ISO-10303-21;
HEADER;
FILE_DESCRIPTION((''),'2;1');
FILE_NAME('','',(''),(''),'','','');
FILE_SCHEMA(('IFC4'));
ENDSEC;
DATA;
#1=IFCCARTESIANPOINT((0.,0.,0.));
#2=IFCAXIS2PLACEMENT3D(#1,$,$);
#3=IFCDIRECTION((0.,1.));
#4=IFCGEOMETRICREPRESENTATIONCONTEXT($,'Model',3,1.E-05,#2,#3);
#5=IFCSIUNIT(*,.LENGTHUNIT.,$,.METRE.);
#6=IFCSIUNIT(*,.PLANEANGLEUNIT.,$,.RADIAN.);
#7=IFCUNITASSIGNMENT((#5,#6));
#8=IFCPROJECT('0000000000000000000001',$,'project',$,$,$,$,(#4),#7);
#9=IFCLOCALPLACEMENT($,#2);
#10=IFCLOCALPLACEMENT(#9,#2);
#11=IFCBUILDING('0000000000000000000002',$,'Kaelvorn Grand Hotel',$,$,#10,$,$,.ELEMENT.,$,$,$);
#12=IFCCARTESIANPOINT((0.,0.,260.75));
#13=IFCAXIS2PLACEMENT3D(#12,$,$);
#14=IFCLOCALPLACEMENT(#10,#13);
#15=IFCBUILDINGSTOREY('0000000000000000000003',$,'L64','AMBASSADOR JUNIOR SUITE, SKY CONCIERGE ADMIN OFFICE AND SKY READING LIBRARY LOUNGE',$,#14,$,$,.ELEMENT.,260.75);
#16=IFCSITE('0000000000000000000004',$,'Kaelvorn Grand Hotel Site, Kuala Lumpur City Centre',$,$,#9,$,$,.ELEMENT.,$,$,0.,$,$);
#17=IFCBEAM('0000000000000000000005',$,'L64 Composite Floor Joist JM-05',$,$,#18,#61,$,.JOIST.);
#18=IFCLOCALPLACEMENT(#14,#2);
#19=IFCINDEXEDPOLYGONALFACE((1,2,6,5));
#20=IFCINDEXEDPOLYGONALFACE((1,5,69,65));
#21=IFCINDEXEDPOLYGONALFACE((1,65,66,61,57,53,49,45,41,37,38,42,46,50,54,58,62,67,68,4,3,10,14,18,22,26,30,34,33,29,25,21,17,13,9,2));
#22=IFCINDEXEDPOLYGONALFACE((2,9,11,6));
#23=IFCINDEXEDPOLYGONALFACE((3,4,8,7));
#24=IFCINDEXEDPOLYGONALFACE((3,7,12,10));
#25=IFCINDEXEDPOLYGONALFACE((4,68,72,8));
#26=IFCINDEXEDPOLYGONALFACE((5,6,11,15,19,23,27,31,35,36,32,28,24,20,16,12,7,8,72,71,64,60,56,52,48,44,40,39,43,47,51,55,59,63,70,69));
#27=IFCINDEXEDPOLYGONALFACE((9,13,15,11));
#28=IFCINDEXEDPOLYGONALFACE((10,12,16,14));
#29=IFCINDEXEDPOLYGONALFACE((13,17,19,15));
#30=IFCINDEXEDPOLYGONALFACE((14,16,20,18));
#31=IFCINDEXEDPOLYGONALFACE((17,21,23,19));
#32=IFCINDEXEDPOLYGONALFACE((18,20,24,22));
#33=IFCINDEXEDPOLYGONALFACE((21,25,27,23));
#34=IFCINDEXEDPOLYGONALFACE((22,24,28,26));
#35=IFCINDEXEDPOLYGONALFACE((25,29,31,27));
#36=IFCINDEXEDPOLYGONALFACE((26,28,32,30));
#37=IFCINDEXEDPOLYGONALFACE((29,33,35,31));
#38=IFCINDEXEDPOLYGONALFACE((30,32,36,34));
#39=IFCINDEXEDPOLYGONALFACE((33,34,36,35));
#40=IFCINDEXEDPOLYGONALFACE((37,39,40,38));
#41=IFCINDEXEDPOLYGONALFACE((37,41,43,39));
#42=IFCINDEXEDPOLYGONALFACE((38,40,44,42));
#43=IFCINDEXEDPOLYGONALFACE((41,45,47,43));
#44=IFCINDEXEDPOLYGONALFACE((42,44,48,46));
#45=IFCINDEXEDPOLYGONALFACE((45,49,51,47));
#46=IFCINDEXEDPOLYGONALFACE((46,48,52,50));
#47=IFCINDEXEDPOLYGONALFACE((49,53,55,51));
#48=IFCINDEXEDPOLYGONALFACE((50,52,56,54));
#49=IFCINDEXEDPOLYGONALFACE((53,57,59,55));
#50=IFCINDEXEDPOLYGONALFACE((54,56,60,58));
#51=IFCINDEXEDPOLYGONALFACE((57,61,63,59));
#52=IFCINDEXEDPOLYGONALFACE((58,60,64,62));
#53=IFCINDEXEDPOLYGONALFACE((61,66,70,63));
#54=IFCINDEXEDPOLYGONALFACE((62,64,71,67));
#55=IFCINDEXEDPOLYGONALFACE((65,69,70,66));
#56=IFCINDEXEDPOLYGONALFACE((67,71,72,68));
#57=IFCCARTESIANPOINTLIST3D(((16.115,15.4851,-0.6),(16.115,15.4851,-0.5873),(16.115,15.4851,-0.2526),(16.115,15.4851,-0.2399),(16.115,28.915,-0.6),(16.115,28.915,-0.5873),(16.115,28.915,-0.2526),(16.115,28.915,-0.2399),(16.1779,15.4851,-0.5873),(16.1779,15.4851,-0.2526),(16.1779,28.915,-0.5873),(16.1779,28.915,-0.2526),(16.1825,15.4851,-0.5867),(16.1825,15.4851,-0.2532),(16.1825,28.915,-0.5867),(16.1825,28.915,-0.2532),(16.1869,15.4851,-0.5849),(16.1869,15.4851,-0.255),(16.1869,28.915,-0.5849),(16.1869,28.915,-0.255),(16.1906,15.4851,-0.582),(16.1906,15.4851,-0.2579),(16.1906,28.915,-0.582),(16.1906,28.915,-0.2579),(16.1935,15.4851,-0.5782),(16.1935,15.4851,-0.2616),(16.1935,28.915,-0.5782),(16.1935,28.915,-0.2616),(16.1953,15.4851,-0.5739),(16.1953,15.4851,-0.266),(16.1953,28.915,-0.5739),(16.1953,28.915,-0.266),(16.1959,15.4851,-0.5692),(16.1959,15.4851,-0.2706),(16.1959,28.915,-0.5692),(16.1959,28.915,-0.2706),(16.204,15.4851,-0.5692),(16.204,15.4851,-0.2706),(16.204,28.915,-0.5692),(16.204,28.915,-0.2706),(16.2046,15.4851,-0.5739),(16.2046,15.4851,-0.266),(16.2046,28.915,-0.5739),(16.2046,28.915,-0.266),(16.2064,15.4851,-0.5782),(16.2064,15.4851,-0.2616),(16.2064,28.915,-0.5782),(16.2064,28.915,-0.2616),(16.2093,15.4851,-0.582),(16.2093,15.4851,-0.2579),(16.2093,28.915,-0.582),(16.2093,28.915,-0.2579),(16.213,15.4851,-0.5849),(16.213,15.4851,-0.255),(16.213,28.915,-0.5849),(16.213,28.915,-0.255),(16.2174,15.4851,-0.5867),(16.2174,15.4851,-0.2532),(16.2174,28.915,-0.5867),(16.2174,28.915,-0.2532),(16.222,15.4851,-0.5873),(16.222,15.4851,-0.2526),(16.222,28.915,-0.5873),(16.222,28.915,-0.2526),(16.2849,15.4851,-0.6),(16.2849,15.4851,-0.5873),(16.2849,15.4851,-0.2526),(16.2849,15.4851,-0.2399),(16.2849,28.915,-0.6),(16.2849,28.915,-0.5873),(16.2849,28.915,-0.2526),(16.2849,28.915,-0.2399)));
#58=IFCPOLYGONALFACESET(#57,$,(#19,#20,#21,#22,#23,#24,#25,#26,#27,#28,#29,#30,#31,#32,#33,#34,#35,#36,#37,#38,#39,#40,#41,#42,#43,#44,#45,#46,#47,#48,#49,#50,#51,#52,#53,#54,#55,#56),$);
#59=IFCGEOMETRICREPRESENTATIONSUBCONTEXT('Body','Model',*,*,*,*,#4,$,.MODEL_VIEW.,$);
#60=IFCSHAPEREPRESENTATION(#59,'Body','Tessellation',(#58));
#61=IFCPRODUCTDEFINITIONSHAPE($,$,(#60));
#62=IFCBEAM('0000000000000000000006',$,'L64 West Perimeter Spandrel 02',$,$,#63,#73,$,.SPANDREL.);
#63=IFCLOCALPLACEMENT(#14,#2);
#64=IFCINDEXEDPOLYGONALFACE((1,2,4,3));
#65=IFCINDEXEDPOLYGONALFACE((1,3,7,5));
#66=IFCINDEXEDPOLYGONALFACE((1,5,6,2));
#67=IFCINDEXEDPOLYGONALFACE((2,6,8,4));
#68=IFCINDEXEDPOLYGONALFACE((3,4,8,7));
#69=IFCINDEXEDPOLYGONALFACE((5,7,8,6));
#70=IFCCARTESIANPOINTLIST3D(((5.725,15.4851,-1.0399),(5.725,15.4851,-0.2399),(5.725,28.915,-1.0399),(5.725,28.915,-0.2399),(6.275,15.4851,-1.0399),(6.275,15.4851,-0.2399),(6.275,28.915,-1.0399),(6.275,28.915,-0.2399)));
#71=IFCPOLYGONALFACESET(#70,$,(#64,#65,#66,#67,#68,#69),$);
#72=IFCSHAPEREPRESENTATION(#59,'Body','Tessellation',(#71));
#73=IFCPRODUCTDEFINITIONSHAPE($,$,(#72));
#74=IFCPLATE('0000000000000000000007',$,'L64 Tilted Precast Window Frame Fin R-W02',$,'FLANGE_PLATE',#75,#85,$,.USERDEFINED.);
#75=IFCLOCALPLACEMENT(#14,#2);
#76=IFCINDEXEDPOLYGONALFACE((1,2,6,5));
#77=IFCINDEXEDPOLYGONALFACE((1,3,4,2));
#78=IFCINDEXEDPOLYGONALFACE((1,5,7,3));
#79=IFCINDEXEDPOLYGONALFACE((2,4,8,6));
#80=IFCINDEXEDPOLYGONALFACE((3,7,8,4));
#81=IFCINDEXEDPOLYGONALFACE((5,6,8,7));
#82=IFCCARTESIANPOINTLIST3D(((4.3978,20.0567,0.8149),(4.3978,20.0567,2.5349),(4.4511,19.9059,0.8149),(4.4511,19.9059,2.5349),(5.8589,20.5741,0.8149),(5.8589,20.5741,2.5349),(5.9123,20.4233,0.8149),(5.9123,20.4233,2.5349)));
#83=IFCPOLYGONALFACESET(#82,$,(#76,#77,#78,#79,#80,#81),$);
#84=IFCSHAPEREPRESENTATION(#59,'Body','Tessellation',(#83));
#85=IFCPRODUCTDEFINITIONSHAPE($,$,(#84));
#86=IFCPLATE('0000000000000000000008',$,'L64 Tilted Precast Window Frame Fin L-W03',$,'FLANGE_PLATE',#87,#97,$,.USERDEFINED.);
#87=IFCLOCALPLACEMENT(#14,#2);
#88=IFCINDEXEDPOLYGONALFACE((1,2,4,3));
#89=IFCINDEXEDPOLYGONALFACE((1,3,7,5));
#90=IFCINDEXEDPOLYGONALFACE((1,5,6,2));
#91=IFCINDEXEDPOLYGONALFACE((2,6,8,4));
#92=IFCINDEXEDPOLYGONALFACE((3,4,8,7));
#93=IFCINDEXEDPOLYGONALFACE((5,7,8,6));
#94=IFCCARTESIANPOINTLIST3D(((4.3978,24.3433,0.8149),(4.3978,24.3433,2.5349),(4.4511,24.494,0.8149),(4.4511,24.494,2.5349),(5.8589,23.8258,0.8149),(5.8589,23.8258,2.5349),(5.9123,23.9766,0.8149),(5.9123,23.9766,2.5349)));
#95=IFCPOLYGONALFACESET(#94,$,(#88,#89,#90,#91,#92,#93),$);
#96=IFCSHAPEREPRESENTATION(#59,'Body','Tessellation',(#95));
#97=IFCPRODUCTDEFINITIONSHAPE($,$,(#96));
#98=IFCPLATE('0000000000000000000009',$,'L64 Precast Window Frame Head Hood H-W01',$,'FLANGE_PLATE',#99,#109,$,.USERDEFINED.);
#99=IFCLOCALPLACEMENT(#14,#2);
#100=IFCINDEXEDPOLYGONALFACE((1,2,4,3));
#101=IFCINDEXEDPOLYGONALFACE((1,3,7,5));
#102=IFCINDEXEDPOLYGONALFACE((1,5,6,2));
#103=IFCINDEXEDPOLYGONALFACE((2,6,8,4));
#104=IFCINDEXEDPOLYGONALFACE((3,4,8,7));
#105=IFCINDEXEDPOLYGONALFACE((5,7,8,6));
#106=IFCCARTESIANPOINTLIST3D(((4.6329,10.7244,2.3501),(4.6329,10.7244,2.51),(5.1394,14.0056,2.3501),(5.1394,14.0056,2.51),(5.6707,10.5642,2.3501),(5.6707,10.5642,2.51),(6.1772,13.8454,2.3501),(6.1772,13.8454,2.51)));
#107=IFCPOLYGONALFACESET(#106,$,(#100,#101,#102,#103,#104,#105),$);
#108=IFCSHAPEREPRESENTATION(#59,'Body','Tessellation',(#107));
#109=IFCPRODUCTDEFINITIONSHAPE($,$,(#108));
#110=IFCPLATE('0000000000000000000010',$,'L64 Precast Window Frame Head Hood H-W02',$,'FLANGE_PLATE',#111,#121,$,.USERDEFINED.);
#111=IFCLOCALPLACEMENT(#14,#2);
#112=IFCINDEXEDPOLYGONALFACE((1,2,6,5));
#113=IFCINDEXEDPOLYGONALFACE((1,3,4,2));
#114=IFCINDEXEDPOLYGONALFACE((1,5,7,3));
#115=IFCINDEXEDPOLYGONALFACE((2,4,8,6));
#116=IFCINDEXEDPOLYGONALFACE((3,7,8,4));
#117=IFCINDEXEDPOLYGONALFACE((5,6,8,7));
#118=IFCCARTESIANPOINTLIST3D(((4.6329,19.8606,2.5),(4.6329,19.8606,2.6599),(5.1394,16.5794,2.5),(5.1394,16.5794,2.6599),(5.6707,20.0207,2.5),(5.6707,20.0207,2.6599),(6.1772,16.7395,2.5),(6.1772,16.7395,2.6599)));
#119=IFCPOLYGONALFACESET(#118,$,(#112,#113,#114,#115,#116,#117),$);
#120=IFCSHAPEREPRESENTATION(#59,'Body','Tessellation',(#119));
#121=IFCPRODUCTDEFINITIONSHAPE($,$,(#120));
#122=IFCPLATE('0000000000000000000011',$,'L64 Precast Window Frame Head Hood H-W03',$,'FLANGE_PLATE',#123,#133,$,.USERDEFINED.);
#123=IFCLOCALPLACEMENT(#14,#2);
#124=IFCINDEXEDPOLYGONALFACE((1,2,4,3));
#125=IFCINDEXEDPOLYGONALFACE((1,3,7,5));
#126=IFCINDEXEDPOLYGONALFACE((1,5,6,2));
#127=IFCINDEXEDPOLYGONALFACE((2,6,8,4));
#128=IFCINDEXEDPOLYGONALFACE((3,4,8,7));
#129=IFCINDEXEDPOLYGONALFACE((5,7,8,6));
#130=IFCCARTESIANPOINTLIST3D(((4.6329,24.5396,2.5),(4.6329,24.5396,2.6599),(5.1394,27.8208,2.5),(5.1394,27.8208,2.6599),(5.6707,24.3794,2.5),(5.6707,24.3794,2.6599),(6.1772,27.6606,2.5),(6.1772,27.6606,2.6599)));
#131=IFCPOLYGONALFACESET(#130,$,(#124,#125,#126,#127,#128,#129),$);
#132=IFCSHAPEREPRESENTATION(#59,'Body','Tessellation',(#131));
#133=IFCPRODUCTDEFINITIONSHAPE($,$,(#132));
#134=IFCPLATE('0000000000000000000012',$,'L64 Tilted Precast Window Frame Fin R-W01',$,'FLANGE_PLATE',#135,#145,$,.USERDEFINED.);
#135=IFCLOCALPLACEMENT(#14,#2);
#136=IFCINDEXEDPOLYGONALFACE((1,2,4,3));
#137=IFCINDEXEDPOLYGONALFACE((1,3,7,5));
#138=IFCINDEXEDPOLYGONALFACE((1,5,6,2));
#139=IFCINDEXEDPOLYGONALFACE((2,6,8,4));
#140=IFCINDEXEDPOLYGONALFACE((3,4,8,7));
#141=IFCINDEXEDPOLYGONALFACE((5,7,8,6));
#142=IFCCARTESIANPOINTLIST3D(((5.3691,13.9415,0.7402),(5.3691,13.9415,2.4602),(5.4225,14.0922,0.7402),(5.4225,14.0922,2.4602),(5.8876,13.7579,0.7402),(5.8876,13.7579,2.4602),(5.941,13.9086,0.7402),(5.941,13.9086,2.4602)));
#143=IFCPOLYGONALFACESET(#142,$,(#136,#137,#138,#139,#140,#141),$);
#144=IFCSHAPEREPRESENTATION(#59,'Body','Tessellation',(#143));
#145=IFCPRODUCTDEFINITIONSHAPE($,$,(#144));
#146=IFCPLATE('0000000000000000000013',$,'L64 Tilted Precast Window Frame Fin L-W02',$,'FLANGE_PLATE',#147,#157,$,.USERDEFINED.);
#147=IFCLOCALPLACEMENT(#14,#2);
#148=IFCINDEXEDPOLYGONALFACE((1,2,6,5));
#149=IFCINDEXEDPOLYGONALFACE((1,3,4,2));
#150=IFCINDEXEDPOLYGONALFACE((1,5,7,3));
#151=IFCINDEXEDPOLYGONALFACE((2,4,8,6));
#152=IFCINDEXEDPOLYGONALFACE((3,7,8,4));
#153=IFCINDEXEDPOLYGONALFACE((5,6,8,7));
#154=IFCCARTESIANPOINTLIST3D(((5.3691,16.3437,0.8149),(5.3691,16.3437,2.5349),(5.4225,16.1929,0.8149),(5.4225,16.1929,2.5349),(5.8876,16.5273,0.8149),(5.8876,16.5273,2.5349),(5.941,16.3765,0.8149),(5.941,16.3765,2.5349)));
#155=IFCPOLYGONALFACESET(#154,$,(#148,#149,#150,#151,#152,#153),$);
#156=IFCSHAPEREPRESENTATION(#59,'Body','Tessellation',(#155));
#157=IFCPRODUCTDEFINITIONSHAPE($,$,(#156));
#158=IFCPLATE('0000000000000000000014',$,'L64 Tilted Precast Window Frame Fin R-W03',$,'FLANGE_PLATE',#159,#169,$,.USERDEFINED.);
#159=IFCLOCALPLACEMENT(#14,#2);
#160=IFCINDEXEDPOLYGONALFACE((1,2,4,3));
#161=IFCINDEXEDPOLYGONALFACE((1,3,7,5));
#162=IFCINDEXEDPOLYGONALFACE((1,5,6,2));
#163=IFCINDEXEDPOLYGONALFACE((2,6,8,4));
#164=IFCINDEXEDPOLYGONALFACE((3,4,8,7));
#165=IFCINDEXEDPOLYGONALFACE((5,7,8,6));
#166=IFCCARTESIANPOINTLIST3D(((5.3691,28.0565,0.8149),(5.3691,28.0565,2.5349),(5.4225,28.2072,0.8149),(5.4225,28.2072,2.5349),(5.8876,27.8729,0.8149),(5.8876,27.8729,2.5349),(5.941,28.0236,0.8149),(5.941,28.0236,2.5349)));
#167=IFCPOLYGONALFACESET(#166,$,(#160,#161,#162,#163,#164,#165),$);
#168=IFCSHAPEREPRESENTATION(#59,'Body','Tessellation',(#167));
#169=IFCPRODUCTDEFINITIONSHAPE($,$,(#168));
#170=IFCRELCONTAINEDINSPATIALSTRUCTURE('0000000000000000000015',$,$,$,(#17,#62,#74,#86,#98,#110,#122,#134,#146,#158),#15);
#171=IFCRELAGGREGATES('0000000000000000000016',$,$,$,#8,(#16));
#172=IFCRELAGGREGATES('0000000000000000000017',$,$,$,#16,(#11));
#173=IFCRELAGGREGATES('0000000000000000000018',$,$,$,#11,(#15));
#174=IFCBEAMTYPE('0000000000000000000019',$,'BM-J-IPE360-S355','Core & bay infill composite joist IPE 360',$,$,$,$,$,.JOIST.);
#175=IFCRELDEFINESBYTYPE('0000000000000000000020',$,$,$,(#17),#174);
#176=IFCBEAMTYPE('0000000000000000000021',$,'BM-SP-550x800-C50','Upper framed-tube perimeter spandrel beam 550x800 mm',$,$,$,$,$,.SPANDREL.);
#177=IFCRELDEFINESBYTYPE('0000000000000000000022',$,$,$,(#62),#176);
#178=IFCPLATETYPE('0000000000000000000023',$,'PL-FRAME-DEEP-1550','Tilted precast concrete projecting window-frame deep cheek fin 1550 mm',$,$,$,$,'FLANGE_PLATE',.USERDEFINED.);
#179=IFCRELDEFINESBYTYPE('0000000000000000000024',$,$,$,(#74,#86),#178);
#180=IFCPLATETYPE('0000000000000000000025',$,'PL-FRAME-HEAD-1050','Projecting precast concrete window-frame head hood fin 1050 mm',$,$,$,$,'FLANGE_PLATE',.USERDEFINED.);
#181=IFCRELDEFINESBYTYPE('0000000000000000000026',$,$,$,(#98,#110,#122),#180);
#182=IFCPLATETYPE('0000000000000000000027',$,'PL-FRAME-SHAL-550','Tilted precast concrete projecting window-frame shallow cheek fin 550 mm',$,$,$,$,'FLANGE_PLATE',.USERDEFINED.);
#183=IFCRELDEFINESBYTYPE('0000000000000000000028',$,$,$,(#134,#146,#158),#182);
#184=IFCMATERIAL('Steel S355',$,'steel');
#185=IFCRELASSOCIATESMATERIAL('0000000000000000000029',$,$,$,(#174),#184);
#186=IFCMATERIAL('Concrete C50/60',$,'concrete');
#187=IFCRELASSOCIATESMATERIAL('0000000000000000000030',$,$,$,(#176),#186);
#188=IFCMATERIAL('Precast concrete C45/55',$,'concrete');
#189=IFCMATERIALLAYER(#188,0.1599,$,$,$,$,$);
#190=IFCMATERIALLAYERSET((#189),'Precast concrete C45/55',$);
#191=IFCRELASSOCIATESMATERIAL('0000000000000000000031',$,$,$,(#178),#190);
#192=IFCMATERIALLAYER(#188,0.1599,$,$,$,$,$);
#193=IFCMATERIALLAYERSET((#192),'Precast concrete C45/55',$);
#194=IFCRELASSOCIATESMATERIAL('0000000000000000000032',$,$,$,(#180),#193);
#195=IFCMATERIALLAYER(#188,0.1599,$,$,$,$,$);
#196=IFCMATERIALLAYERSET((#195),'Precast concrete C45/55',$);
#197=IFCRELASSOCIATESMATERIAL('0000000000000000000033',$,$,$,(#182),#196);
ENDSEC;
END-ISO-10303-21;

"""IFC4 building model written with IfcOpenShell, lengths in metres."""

from ifc_helpers import new_model, si_unit, direction, frame, origin, origin_2d, place, context, subcontext, project, spatial, rectangle, i_section, extrude, material, layer, layer_set, material_profile, profile_set, type_object, element, save


model = new_model("IFC4")

# Units and contexts
model_context = context("Model", 3, precision=1e-05, world=origin(), true_north=direction((0.0, 1.0)))
body_context = subcontext(model_context, "Body", "Model", "MODEL_VIEW")
ifc_project = project(units=[si_unit("LENGTHUNIT", "METRE"), si_unit("PLANEANGLEUNIT", "RADIAN")], contexts=[model_context])

# Site, building, storey
site_placement = place(None, origin())
site = spatial("IfcSite", under=ifc_project, at=site_placement, Name="Kaelvorn Grand Hotel Site, Kuala Lumpur City Centre", CompositionType="ELEMENT", RefElevation=0.0)
building_placement = place(site_placement, origin())
building = spatial("IfcBuilding", under=site, at=building_placement, Name="Kaelvorn Grand Hotel", CompositionType="ELEMENT")
storey_placement = place(building_placement, frame((0.0, 0.0, 260.75)))
storey = spatial("IfcBuildingStorey", under=building, at=storey_placement, Name="L64", Description="AMBASSADOR JUNIOR SUITE, SKY CONCIERGE ADMIN OFFICE AND SKY READING LIBRARY LOUNGE", CompositionType="ELEMENT", Elevation=260.75)

# Shared definitions
ifc_material_1 = material(Name="Concrete C50/60", Category="concrete")

# Beams
ifc_material_2 = material(Name="Steel S355", Category="steel")
ifc_material_profile_1 = material_profile(ifc_material_2, i_section(OverallWidth=0.1699, OverallDepth=0.3601, WebThickness=0.0081, FlangeThickness=0.0127, FilletRadius=0.0181, at=origin_2d()), Name="IPE 360")
ifc_profile_set_1 = profile_set([ifc_material_profile_1], Name="Steel S355")
beam_type_1 = type_object("IfcBeamType", Name="BM-J-IPE360-S355", Description="Core & bay infill composite joist IPE 360", PredefinedType="JOIST", material=ifc_profile_set_1)
beam_1_placement = place(storey_placement, frame((16.2, 15.4851, -0.4199), z_axis=(0.0, 1.0, 0.0), x_axis=(-1.0, 0.0, 0.0)))
element("IfcBeam", 1, at=beam_1_placement, inside=storey, type_object=beam_type_1, Name="L64 Composite Floor Joist JM-05", PredefinedType="JOIST", context=body_context, shape_type="SweptSolid", body=[
    extrude(i_section(OverallWidth=0.1699, OverallDepth=0.3601, WebThickness=0.0081, FlangeThickness=0.0127, FilletRadius=0.0181, at=origin_2d()), origin(), (0.0, 0.0, 1.0), 13.4299),
])
ifc_material_profile_2 = material_profile(ifc_material_1, rectangle(XDim=0.55, YDim=0.8, at=origin_2d()), Name="RC SPANDREL 550x800")
ifc_profile_set_2 = profile_set([ifc_material_profile_2], Name="Concrete C50/60")
beam_type_2 = type_object("IfcBeamType", Name="BM-SP-550x800-C50", Description="Upper framed-tube perimeter spandrel beam 550x800 mm", PredefinedType="SPANDREL", material=ifc_profile_set_2)
beam_2_placement = place(storey_placement, frame((6.0, 15.4851, -0.6399), z_axis=(0.0, 1.0, 0.0), x_axis=(-1.0, 0.0, 0.0)))
element("IfcBeam", 2, at=beam_2_placement, inside=storey, type_object=beam_type_2, Name="L64 West Perimeter Spandrel 02", PredefinedType="SPANDREL", context=body_context, shape_type="SweptSolid", body=[
    extrude(rectangle(XDim=0.55, YDim=0.8, at=origin_2d()), origin(), (0.0, 0.0, 1.0), 13.4299),
])

# Plates
ifc_material_3 = material(Name="Precast concrete C45/55", Category="concrete")
ifc_layer_1 = layer(ifc_material_3, 0.1599)
ifc_layer_set_1 = layer_set([ifc_layer_1], Name="Precast concrete C45/55")
plate_type_1 = type_object("IfcPlateType", Name="PL-FRAME-DEEP-1550", Description="Tilted precast concrete projecting window-frame deep cheek fin 1550 mm", ElementType="FLANGE_PLATE", PredefinedType="USERDEFINED", material=ifc_layer_set_1)
for number, where, z_axis, x_axis, name in (
    (3, (5.155, 20.24, 0.8149), (0.0, 0.0, 1.0), (-0.333807, 0.942641, 0.0), "L64 Tilted Precast Window Frame Fin R-W02"),
    (4, (5.155, 24.1599, 0.8149), (0.0, 0.0, 1.0), (0.333807, 0.942641, 0.0), "L64 Tilted Precast Window Frame Fin L-W03"),
):
    element("IfcPlate", number, at=place(storey_placement, frame(where, z_axis=z_axis, x_axis=x_axis)), inside=storey, type_object=plate_type_1, Name=name, ObjectType="FLANGE_PLATE", PredefinedType="USERDEFINED", context=body_context, shape_type="SweptSolid", body=[
        extrude(rectangle(XDim=0.1599, YDim=1.55, at=origin_2d()), origin(), (0.0, 0.0, 1.0), 1.72),
    ])
ifc_layer_2 = layer(ifc_material_3, 0.1599)
ifc_layer_set_2 = layer_set([ifc_layer_2], Name="Precast concrete C45/55")
plate_type_2 = type_object("IfcPlateType", Name="PL-FRAME-HEAD-1050", Description="Projecting precast concrete window-frame head hood fin 1050 mm", ElementType="FLANGE_PLATE", PredefinedType="USERDEFINED", material=ifc_layer_set_2)
for number, where, z_axis, x_axis, name in (
    (5, (5.405, 12.2849, 2.3501), (0.0, 0.0, 1.0), (0.152555, 0.988295, 0.0), "L64 Precast Window Frame Head Hood H-W01"),
    (6, (5.405, 18.3, 2.5), (0.0, 0.0, 1.0), (-0.152555, 0.988295, 0.0), "L64 Precast Window Frame Head Hood H-W02"),
    (7, (5.405, 26.1001, 2.5), (0.0, 0.0, 1.0), (0.152555, 0.988295, 0.0), "L64 Precast Window Frame Head Hood H-W03"),
):
    element("IfcPlate", number, at=place(storey_placement, frame(where, z_axis=z_axis, x_axis=x_axis)), inside=storey, type_object=plate_type_2, Name=name, ObjectType="FLANGE_PLATE", PredefinedType="USERDEFINED", context=body_context, shape_type="SweptSolid", body=[
        extrude(rectangle(XDim=3.3201, YDim=1.05, at=origin_2d()), origin(), (0.0, 0.0, 1.0), 0.1599),
    ])
ifc_layer_3 = layer(ifc_material_3, 0.1599)
ifc_layer_set_3 = layer_set([ifc_layer_3], Name="Precast concrete C45/55")
plate_type_3 = type_object("IfcPlateType", Name="PL-FRAME-SHAL-550", Description="Tilted precast concrete projecting window-frame shallow cheek fin 550 mm", ElementType="FLANGE_PLATE", PredefinedType="USERDEFINED", material=ifc_layer_set_3)
for number, where, z_axis, x_axis, name in (
    (8, (5.655, 13.925, 0.7402), (0.0, 0.0, 1.0), (0.333807, 0.942641, 0.0), "L64 Tilted Precast Window Frame Fin R-W01"),
    (9, (5.655, 16.3601, 0.8149), (0.0, 0.0, 1.0), (-0.333807, 0.942641, 0.0), "L64 Tilted Precast Window Frame Fin L-W02"),
    (10, (5.655, 28.04, 0.8149), (0.0, 0.0, 1.0), (0.333807, 0.942641, 0.0), "L64 Tilted Precast Window Frame Fin R-W03"),
):
    element("IfcPlate", number, at=place(storey_placement, frame(where, z_axis=z_axis, x_axis=x_axis)), inside=storey, type_object=plate_type_3, Name=name, ObjectType="FLANGE_PLATE", PredefinedType="USERDEFINED", context=body_context, shape_type="SweptSolid", body=[
        extrude(rectangle(XDim=0.1599, YDim=0.55, at=origin_2d()), origin(), (0.0, 0.0, 1.0), 1.72),
    ])

save(model, "model.ifc")
